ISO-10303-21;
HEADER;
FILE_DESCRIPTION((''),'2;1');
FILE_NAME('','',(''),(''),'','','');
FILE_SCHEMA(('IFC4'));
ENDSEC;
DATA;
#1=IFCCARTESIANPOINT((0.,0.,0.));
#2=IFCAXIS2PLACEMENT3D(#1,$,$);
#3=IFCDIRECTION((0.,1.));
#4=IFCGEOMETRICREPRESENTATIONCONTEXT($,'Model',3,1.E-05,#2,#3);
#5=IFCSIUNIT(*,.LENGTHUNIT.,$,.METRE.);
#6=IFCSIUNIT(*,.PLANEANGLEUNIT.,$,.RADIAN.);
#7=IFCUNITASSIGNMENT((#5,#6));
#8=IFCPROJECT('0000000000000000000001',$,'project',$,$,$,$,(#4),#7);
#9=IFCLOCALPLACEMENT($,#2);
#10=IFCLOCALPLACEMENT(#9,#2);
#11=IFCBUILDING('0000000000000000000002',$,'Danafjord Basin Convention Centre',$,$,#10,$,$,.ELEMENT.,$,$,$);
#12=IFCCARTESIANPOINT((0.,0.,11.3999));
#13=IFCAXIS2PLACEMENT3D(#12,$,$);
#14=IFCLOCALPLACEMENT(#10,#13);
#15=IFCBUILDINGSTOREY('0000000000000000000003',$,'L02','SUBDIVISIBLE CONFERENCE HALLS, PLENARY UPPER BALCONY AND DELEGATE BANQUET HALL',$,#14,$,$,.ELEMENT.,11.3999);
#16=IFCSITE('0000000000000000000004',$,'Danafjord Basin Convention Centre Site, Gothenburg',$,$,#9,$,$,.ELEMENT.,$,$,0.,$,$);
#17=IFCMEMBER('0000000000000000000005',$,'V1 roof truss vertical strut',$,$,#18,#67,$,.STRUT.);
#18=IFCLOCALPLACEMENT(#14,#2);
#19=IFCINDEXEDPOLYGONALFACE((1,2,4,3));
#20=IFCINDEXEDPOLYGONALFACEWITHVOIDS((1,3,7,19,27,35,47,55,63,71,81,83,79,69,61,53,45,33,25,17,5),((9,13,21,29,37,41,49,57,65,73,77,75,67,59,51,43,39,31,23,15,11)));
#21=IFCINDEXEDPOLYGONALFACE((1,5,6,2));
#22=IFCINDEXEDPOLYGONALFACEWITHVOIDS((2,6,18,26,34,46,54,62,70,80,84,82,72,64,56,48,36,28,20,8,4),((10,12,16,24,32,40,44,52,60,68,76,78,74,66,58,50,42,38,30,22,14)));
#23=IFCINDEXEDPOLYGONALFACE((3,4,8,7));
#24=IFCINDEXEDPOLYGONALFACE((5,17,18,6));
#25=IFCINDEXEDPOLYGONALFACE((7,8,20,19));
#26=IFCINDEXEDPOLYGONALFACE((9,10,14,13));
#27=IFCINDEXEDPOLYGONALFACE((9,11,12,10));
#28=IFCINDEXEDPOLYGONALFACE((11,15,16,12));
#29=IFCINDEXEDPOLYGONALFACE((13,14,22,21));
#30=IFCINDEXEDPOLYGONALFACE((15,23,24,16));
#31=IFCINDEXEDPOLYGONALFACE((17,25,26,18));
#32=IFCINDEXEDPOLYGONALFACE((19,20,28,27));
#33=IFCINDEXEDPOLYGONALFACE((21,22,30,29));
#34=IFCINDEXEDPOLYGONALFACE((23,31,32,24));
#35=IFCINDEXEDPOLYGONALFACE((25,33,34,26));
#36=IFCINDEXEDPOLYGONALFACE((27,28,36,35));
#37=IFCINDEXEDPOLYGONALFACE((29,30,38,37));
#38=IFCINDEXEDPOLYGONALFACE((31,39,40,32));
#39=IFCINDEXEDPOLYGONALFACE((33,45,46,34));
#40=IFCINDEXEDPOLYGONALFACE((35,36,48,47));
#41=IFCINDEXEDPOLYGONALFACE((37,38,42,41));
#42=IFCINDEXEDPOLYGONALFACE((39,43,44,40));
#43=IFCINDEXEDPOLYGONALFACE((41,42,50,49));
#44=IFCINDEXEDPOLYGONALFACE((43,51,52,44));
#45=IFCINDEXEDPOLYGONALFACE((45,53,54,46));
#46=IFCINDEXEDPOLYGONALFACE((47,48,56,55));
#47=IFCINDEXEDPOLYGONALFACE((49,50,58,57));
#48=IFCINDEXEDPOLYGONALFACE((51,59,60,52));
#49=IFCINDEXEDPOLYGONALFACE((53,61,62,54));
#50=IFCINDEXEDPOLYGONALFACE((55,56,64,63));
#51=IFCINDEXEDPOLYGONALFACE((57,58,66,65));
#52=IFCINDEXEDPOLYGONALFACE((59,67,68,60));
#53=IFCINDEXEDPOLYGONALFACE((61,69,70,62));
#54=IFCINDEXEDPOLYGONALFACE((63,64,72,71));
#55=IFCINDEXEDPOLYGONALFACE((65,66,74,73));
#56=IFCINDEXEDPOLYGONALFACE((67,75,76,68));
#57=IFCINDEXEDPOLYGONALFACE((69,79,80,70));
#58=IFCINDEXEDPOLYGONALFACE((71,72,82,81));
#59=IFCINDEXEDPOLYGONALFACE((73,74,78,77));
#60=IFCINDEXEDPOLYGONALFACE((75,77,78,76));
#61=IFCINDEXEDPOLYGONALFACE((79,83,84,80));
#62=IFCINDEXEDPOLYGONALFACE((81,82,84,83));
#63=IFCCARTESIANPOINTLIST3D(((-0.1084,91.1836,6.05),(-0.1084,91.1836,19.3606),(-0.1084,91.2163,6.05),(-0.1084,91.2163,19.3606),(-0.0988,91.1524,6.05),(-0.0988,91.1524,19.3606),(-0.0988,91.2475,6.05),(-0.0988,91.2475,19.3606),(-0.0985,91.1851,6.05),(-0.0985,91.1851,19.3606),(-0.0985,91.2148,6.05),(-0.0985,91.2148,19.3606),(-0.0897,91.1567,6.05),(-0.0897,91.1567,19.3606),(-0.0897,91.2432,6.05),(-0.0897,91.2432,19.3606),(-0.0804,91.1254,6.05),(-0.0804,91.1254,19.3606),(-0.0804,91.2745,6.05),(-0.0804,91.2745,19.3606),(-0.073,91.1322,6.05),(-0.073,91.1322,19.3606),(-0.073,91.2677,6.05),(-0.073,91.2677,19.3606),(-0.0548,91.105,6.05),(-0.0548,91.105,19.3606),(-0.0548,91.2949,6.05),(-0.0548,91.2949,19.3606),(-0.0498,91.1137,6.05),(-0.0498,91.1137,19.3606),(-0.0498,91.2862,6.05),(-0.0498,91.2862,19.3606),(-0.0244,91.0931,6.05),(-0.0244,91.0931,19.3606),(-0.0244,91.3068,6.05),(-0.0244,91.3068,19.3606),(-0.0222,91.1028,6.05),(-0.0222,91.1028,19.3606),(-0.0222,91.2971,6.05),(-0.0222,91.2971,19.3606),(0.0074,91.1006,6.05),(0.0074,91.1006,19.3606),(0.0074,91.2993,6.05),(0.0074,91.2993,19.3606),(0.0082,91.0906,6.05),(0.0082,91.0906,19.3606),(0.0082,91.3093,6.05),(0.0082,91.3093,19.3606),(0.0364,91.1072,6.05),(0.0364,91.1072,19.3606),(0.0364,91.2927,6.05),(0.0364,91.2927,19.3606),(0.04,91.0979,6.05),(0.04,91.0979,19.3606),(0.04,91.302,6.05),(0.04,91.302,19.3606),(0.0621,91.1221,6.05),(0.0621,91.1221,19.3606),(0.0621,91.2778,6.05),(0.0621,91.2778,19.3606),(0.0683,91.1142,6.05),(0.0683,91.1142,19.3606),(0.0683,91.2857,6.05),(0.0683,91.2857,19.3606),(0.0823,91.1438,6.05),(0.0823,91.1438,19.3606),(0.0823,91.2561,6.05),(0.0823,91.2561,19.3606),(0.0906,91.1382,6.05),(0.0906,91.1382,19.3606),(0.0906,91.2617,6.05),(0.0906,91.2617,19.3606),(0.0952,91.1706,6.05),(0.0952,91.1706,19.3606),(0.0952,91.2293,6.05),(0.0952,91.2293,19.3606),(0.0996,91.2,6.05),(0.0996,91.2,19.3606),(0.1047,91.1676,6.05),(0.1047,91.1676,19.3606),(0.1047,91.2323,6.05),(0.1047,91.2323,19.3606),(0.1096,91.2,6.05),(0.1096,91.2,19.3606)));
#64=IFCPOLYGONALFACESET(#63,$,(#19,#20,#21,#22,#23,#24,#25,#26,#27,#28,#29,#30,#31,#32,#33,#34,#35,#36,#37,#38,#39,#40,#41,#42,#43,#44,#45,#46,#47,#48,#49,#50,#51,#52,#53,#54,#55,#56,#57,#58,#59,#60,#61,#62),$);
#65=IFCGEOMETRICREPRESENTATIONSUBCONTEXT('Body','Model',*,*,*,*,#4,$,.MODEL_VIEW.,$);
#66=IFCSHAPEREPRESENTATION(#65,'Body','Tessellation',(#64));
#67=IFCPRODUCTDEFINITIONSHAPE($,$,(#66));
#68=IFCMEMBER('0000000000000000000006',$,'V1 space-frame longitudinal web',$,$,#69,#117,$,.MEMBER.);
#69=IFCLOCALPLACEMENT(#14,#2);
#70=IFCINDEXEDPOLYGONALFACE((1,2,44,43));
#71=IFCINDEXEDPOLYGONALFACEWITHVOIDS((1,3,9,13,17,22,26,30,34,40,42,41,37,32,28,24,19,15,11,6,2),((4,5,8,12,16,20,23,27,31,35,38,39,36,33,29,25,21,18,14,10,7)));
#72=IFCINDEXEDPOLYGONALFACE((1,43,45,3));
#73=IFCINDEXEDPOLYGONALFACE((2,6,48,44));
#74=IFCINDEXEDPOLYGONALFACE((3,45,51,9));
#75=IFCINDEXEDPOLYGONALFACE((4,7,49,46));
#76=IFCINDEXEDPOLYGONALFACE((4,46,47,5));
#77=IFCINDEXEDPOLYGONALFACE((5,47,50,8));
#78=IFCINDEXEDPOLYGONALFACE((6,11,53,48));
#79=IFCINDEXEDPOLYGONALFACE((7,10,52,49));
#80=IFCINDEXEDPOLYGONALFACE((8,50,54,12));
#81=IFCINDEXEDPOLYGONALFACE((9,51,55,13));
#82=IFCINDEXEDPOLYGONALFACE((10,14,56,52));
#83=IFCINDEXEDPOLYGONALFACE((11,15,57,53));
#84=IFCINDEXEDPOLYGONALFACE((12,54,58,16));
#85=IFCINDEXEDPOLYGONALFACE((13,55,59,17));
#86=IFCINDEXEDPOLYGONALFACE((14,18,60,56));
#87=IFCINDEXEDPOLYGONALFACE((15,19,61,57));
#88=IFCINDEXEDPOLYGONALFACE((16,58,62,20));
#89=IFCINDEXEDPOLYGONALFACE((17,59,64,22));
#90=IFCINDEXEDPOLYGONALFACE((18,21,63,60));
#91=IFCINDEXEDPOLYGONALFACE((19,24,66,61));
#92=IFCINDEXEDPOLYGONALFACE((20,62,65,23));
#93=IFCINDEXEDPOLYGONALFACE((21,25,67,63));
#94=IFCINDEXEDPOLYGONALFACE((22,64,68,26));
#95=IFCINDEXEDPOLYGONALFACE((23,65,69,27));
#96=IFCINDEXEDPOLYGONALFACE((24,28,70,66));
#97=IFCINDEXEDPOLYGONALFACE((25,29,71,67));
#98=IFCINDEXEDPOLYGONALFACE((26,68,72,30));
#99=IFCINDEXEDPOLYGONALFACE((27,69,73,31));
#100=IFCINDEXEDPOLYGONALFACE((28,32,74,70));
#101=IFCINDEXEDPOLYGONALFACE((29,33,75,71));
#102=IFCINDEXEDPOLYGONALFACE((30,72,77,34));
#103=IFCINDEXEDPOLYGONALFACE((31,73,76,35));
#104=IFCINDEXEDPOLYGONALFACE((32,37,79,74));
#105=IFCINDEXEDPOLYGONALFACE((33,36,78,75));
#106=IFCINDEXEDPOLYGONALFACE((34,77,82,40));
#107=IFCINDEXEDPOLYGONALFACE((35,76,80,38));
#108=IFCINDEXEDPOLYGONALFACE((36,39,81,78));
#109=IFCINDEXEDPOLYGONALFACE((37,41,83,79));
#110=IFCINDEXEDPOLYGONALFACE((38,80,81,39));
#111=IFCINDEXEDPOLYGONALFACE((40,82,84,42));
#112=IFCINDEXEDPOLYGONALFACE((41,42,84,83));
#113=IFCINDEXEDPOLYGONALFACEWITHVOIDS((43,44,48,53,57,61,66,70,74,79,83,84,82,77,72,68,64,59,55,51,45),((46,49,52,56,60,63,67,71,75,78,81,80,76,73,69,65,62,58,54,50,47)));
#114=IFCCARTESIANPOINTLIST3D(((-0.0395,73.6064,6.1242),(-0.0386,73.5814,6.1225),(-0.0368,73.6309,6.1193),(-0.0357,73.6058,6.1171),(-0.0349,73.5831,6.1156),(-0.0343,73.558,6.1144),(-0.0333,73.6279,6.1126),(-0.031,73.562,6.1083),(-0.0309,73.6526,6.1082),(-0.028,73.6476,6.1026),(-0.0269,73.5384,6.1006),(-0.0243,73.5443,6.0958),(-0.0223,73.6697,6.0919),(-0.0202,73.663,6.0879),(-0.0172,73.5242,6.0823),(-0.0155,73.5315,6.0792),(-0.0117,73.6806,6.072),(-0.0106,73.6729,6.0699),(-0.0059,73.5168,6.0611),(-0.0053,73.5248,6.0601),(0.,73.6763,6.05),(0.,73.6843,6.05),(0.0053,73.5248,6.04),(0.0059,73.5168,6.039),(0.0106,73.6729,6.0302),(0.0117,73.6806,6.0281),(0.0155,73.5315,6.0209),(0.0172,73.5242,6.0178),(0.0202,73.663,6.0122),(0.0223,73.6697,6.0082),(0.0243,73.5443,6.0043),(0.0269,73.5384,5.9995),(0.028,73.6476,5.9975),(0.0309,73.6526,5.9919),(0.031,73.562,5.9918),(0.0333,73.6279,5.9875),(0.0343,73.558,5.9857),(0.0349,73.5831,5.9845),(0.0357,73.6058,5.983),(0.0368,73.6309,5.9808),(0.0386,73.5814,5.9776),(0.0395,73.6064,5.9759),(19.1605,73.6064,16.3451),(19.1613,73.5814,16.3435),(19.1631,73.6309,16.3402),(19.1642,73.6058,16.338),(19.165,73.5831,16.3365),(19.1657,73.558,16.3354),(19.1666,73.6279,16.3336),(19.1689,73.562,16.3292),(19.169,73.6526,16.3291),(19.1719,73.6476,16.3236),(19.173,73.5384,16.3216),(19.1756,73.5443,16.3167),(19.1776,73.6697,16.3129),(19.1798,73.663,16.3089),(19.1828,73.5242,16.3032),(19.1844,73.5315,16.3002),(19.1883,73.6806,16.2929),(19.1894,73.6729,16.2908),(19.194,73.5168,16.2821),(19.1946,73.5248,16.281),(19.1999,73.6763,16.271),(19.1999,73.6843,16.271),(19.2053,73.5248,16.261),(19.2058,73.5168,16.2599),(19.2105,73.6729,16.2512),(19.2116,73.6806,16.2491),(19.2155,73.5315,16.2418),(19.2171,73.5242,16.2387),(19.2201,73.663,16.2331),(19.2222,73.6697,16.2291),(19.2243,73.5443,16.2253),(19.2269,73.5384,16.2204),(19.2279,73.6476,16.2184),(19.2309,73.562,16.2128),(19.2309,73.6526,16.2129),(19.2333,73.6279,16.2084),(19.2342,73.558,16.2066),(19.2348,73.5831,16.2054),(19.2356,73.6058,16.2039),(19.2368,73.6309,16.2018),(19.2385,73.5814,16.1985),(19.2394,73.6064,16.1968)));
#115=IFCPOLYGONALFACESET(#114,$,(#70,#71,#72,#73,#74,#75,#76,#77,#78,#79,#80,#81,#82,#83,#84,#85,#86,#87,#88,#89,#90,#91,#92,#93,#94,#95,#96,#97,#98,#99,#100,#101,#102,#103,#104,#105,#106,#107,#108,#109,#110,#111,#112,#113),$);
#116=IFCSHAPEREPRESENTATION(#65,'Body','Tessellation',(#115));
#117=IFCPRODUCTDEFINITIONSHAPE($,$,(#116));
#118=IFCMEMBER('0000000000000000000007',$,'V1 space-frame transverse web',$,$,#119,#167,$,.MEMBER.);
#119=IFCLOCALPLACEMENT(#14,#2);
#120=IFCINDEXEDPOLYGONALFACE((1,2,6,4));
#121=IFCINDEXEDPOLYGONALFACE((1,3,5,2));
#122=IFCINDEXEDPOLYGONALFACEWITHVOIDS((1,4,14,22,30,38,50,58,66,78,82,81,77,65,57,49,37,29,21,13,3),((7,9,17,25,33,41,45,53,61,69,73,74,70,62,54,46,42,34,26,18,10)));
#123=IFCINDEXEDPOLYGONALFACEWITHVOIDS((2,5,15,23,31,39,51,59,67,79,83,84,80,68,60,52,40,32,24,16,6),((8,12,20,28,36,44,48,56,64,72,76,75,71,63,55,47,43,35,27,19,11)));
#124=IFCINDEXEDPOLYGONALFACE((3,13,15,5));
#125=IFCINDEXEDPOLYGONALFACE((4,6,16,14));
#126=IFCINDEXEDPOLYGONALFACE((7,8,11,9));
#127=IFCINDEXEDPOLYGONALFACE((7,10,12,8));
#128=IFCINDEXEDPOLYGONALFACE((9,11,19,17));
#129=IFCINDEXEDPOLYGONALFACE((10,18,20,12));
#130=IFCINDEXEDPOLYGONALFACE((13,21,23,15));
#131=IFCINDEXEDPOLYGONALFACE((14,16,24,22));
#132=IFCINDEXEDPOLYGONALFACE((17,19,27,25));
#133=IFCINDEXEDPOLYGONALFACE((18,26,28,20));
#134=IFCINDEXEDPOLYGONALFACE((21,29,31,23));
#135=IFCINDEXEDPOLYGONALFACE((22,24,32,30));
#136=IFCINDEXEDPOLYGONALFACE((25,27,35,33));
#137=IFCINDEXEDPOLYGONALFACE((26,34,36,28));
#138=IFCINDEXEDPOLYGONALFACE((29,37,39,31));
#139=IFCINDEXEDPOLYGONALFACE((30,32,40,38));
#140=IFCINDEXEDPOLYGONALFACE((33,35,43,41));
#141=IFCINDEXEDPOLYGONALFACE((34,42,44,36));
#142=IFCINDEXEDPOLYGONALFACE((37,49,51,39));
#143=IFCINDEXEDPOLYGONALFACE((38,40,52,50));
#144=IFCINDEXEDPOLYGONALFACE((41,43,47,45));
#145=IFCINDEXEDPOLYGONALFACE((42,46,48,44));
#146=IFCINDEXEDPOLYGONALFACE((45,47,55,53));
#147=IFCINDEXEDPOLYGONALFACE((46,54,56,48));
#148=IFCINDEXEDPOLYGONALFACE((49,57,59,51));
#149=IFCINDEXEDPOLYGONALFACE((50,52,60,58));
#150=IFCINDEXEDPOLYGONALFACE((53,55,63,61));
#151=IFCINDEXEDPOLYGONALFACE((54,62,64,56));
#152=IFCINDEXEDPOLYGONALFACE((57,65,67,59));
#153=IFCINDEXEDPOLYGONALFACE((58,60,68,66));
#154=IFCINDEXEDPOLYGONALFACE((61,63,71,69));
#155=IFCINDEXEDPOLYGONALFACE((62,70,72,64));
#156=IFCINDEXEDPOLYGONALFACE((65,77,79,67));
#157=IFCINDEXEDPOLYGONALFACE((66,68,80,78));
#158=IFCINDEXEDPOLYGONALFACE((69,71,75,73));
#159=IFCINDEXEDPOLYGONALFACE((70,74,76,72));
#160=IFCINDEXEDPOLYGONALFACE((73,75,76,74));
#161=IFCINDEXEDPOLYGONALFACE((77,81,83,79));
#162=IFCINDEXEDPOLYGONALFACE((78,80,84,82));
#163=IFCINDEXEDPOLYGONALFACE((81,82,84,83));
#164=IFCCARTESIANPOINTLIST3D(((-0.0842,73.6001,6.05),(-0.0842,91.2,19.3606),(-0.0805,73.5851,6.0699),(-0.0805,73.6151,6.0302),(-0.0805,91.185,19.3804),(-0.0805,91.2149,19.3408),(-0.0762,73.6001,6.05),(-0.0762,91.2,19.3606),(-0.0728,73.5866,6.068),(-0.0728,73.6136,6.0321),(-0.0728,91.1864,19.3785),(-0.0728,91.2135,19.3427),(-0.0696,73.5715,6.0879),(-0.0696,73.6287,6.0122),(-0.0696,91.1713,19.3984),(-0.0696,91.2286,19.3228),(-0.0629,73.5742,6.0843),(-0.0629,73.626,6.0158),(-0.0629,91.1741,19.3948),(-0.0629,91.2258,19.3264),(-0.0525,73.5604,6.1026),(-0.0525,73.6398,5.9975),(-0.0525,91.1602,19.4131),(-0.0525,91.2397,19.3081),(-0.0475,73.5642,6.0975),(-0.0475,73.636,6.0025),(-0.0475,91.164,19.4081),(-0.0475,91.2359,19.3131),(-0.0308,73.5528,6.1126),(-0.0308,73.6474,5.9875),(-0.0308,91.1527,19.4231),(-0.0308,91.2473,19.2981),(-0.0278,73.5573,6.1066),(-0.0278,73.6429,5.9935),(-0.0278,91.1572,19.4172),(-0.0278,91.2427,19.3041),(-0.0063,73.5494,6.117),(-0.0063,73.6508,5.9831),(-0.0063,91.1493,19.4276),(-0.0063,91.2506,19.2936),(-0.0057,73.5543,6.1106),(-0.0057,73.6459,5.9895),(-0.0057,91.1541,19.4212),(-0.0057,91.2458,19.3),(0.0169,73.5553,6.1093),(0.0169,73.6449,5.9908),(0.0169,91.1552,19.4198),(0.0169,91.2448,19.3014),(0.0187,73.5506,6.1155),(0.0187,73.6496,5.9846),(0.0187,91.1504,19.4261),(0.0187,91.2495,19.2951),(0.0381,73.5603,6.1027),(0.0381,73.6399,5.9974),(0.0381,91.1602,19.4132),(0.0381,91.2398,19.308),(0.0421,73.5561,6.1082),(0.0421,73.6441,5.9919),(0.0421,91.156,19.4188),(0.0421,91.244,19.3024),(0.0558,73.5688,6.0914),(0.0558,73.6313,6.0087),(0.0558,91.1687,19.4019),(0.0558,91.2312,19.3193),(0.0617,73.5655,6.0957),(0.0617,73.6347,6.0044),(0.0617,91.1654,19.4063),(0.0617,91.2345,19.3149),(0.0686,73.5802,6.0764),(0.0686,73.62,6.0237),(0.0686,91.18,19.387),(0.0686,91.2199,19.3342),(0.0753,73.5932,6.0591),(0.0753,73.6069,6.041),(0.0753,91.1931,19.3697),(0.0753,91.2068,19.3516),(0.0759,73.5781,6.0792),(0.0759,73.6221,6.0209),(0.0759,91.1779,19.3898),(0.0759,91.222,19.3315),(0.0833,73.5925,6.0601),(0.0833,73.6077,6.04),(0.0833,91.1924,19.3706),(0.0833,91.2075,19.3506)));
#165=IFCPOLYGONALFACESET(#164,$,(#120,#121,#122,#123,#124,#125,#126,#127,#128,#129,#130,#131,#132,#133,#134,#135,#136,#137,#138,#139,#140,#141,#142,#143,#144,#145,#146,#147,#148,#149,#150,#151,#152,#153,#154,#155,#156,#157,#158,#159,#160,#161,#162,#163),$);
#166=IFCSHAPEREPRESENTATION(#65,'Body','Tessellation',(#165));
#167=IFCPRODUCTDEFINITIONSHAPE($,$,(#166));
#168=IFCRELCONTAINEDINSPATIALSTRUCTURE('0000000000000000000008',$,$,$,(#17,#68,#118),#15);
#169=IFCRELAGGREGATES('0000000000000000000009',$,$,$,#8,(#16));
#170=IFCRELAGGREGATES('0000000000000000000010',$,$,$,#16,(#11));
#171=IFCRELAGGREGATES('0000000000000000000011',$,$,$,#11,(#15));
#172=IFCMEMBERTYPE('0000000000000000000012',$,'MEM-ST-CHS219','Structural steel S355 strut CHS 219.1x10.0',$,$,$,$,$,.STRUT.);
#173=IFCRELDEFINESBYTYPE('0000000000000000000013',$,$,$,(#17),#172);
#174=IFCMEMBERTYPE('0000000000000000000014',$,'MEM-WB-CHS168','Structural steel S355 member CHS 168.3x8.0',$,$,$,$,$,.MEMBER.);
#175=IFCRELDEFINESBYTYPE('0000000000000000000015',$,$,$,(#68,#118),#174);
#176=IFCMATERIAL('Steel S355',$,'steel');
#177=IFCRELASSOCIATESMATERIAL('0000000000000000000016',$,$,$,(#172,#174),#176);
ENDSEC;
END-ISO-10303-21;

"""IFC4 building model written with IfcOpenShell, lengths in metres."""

from ifc_helpers import new_model, si_unit, direction, frame, origin, origin_2d, place, context, subcontext, project, spatial, hollow_circle, extrude, material, material_profile, profile_set, type_object, element, save


model = new_model("IFC4")

# Units and contexts
model_context = context("Model", 3, precision=1e-05, world=origin(), true_north=direction((0.0, 1.0)))
body_context = subcontext(model_context, "Body", "Model", "MODEL_VIEW")
ifc_project = project(units=[si_unit("LENGTHUNIT", "METRE"), si_unit("PLANEANGLEUNIT", "RADIAN")], contexts=[model_context])

# Site, building, storey
site_placement = place(None, origin())
site = spatial("IfcSite", under=ifc_project, at=site_placement, Name="Danafjord Basin Convention Centre Site, Gothenburg", CompositionType="ELEMENT", RefElevation=0.0)
building_placement = place(site_placement, origin())
building = spatial("IfcBuilding", under=site, at=building_placement, Name="Danafjord Basin Convention Centre", CompositionType="ELEMENT")
storey_placement = place(building_placement, frame((0.0, 0.0, 11.3999)))
storey = spatial("IfcBuildingStorey", under=building, at=storey_placement, Name="L02", Description="SUBDIVISIBLE CONFERENCE HALLS, PLENARY UPPER BALCONY AND DELEGATE BANQUET HALL", CompositionType="ELEMENT", Elevation=11.3999)

# Shared definitions
ifc_material_1 = material(Name="Steel S355", Category="steel")

# Members
ifc_material_profile_1 = material_profile(ifc_material_1, hollow_circle(Radius=0.1096, WallThickness=0.01, at=origin_2d()), Name="CHS 219.1x10.0")
ifc_profile_set_1 = profile_set([ifc_material_profile_1], Name="Steel S355")
member_type_1 = type_object("IfcMemberType", Name="MEM-ST-CHS219", Description="Structural steel S355 strut CHS 219.1x10.0", PredefinedType="STRUT", material=ifc_profile_set_1)
member_1_placement = place(storey_placement, frame((0.0, 91.2, 6.05), z_axis=(0.0, 0.0, 1.0), x_axis=(1.0, 0.0, 0.0)))
element("IfcMember", 1, at=member_1_placement, inside=storey, type_object=member_type_1, Name="V1 roof truss vertical strut", PredefinedType="STRUT", context=body_context, shape_type="SweptSolid", body=[
    extrude(hollow_circle(Radius=0.1096, WallThickness=0.01, at=origin_2d()), origin(), (0.0, 0.0, 1.0), 13.3105),
])
ifc_material_profile_2 = material_profile(ifc_material_1, hollow_circle(Radius=0.0842, WallThickness=0.0081, at=origin_2d()), Name="CHS 168.3x8.0")
ifc_profile_set_2 = profile_set([ifc_material_profile_2], Name="Steel S355")
member_type_2 = type_object("IfcMemberType", Name="MEM-WB-CHS168", Description="Structural steel S355 member CHS 168.3x8.0", PredefinedType="MEMBER", material=ifc_profile_set_2)
member_2_placement = place(storey_placement, frame((0.0, 73.6001, 6.05), z_axis=(0.882716, 0.0, 0.469907), x_axis=(0.0, 1.0, 0.0)))
element("IfcMember", 2, at=member_2_placement, inside=storey, type_object=member_type_2, Name="V1 space-frame longitudinal web", PredefinedType="MEMBER", context=body_context, shape_type="SweptSolid", body=[
    extrude(hollow_circle(Radius=0.0842, WallThickness=0.0081, at=origin_2d()), origin(), (0.0, 0.0, 1.0), 21.751),
])
member_3_placement = place(storey_placement, frame((0.0, 73.6001, 6.05), z_axis=(0.0, 0.797586, 0.603205), x_axis=(-1.0, 0.0, 0.0)))
element("IfcMember", 3, at=member_3_placement, inside=storey, type_object=member_type_2, Name="V1 space-frame transverse web", PredefinedType="MEMBER", context=body_context, shape_type="SweptSolid", body=[
    extrude(hollow_circle(Radius=0.0842, WallThickness=0.0081, at=origin_2d()), origin(), (0.0, 0.0, 1.0), 22.0664),
])

save(model, "model.ifc")
